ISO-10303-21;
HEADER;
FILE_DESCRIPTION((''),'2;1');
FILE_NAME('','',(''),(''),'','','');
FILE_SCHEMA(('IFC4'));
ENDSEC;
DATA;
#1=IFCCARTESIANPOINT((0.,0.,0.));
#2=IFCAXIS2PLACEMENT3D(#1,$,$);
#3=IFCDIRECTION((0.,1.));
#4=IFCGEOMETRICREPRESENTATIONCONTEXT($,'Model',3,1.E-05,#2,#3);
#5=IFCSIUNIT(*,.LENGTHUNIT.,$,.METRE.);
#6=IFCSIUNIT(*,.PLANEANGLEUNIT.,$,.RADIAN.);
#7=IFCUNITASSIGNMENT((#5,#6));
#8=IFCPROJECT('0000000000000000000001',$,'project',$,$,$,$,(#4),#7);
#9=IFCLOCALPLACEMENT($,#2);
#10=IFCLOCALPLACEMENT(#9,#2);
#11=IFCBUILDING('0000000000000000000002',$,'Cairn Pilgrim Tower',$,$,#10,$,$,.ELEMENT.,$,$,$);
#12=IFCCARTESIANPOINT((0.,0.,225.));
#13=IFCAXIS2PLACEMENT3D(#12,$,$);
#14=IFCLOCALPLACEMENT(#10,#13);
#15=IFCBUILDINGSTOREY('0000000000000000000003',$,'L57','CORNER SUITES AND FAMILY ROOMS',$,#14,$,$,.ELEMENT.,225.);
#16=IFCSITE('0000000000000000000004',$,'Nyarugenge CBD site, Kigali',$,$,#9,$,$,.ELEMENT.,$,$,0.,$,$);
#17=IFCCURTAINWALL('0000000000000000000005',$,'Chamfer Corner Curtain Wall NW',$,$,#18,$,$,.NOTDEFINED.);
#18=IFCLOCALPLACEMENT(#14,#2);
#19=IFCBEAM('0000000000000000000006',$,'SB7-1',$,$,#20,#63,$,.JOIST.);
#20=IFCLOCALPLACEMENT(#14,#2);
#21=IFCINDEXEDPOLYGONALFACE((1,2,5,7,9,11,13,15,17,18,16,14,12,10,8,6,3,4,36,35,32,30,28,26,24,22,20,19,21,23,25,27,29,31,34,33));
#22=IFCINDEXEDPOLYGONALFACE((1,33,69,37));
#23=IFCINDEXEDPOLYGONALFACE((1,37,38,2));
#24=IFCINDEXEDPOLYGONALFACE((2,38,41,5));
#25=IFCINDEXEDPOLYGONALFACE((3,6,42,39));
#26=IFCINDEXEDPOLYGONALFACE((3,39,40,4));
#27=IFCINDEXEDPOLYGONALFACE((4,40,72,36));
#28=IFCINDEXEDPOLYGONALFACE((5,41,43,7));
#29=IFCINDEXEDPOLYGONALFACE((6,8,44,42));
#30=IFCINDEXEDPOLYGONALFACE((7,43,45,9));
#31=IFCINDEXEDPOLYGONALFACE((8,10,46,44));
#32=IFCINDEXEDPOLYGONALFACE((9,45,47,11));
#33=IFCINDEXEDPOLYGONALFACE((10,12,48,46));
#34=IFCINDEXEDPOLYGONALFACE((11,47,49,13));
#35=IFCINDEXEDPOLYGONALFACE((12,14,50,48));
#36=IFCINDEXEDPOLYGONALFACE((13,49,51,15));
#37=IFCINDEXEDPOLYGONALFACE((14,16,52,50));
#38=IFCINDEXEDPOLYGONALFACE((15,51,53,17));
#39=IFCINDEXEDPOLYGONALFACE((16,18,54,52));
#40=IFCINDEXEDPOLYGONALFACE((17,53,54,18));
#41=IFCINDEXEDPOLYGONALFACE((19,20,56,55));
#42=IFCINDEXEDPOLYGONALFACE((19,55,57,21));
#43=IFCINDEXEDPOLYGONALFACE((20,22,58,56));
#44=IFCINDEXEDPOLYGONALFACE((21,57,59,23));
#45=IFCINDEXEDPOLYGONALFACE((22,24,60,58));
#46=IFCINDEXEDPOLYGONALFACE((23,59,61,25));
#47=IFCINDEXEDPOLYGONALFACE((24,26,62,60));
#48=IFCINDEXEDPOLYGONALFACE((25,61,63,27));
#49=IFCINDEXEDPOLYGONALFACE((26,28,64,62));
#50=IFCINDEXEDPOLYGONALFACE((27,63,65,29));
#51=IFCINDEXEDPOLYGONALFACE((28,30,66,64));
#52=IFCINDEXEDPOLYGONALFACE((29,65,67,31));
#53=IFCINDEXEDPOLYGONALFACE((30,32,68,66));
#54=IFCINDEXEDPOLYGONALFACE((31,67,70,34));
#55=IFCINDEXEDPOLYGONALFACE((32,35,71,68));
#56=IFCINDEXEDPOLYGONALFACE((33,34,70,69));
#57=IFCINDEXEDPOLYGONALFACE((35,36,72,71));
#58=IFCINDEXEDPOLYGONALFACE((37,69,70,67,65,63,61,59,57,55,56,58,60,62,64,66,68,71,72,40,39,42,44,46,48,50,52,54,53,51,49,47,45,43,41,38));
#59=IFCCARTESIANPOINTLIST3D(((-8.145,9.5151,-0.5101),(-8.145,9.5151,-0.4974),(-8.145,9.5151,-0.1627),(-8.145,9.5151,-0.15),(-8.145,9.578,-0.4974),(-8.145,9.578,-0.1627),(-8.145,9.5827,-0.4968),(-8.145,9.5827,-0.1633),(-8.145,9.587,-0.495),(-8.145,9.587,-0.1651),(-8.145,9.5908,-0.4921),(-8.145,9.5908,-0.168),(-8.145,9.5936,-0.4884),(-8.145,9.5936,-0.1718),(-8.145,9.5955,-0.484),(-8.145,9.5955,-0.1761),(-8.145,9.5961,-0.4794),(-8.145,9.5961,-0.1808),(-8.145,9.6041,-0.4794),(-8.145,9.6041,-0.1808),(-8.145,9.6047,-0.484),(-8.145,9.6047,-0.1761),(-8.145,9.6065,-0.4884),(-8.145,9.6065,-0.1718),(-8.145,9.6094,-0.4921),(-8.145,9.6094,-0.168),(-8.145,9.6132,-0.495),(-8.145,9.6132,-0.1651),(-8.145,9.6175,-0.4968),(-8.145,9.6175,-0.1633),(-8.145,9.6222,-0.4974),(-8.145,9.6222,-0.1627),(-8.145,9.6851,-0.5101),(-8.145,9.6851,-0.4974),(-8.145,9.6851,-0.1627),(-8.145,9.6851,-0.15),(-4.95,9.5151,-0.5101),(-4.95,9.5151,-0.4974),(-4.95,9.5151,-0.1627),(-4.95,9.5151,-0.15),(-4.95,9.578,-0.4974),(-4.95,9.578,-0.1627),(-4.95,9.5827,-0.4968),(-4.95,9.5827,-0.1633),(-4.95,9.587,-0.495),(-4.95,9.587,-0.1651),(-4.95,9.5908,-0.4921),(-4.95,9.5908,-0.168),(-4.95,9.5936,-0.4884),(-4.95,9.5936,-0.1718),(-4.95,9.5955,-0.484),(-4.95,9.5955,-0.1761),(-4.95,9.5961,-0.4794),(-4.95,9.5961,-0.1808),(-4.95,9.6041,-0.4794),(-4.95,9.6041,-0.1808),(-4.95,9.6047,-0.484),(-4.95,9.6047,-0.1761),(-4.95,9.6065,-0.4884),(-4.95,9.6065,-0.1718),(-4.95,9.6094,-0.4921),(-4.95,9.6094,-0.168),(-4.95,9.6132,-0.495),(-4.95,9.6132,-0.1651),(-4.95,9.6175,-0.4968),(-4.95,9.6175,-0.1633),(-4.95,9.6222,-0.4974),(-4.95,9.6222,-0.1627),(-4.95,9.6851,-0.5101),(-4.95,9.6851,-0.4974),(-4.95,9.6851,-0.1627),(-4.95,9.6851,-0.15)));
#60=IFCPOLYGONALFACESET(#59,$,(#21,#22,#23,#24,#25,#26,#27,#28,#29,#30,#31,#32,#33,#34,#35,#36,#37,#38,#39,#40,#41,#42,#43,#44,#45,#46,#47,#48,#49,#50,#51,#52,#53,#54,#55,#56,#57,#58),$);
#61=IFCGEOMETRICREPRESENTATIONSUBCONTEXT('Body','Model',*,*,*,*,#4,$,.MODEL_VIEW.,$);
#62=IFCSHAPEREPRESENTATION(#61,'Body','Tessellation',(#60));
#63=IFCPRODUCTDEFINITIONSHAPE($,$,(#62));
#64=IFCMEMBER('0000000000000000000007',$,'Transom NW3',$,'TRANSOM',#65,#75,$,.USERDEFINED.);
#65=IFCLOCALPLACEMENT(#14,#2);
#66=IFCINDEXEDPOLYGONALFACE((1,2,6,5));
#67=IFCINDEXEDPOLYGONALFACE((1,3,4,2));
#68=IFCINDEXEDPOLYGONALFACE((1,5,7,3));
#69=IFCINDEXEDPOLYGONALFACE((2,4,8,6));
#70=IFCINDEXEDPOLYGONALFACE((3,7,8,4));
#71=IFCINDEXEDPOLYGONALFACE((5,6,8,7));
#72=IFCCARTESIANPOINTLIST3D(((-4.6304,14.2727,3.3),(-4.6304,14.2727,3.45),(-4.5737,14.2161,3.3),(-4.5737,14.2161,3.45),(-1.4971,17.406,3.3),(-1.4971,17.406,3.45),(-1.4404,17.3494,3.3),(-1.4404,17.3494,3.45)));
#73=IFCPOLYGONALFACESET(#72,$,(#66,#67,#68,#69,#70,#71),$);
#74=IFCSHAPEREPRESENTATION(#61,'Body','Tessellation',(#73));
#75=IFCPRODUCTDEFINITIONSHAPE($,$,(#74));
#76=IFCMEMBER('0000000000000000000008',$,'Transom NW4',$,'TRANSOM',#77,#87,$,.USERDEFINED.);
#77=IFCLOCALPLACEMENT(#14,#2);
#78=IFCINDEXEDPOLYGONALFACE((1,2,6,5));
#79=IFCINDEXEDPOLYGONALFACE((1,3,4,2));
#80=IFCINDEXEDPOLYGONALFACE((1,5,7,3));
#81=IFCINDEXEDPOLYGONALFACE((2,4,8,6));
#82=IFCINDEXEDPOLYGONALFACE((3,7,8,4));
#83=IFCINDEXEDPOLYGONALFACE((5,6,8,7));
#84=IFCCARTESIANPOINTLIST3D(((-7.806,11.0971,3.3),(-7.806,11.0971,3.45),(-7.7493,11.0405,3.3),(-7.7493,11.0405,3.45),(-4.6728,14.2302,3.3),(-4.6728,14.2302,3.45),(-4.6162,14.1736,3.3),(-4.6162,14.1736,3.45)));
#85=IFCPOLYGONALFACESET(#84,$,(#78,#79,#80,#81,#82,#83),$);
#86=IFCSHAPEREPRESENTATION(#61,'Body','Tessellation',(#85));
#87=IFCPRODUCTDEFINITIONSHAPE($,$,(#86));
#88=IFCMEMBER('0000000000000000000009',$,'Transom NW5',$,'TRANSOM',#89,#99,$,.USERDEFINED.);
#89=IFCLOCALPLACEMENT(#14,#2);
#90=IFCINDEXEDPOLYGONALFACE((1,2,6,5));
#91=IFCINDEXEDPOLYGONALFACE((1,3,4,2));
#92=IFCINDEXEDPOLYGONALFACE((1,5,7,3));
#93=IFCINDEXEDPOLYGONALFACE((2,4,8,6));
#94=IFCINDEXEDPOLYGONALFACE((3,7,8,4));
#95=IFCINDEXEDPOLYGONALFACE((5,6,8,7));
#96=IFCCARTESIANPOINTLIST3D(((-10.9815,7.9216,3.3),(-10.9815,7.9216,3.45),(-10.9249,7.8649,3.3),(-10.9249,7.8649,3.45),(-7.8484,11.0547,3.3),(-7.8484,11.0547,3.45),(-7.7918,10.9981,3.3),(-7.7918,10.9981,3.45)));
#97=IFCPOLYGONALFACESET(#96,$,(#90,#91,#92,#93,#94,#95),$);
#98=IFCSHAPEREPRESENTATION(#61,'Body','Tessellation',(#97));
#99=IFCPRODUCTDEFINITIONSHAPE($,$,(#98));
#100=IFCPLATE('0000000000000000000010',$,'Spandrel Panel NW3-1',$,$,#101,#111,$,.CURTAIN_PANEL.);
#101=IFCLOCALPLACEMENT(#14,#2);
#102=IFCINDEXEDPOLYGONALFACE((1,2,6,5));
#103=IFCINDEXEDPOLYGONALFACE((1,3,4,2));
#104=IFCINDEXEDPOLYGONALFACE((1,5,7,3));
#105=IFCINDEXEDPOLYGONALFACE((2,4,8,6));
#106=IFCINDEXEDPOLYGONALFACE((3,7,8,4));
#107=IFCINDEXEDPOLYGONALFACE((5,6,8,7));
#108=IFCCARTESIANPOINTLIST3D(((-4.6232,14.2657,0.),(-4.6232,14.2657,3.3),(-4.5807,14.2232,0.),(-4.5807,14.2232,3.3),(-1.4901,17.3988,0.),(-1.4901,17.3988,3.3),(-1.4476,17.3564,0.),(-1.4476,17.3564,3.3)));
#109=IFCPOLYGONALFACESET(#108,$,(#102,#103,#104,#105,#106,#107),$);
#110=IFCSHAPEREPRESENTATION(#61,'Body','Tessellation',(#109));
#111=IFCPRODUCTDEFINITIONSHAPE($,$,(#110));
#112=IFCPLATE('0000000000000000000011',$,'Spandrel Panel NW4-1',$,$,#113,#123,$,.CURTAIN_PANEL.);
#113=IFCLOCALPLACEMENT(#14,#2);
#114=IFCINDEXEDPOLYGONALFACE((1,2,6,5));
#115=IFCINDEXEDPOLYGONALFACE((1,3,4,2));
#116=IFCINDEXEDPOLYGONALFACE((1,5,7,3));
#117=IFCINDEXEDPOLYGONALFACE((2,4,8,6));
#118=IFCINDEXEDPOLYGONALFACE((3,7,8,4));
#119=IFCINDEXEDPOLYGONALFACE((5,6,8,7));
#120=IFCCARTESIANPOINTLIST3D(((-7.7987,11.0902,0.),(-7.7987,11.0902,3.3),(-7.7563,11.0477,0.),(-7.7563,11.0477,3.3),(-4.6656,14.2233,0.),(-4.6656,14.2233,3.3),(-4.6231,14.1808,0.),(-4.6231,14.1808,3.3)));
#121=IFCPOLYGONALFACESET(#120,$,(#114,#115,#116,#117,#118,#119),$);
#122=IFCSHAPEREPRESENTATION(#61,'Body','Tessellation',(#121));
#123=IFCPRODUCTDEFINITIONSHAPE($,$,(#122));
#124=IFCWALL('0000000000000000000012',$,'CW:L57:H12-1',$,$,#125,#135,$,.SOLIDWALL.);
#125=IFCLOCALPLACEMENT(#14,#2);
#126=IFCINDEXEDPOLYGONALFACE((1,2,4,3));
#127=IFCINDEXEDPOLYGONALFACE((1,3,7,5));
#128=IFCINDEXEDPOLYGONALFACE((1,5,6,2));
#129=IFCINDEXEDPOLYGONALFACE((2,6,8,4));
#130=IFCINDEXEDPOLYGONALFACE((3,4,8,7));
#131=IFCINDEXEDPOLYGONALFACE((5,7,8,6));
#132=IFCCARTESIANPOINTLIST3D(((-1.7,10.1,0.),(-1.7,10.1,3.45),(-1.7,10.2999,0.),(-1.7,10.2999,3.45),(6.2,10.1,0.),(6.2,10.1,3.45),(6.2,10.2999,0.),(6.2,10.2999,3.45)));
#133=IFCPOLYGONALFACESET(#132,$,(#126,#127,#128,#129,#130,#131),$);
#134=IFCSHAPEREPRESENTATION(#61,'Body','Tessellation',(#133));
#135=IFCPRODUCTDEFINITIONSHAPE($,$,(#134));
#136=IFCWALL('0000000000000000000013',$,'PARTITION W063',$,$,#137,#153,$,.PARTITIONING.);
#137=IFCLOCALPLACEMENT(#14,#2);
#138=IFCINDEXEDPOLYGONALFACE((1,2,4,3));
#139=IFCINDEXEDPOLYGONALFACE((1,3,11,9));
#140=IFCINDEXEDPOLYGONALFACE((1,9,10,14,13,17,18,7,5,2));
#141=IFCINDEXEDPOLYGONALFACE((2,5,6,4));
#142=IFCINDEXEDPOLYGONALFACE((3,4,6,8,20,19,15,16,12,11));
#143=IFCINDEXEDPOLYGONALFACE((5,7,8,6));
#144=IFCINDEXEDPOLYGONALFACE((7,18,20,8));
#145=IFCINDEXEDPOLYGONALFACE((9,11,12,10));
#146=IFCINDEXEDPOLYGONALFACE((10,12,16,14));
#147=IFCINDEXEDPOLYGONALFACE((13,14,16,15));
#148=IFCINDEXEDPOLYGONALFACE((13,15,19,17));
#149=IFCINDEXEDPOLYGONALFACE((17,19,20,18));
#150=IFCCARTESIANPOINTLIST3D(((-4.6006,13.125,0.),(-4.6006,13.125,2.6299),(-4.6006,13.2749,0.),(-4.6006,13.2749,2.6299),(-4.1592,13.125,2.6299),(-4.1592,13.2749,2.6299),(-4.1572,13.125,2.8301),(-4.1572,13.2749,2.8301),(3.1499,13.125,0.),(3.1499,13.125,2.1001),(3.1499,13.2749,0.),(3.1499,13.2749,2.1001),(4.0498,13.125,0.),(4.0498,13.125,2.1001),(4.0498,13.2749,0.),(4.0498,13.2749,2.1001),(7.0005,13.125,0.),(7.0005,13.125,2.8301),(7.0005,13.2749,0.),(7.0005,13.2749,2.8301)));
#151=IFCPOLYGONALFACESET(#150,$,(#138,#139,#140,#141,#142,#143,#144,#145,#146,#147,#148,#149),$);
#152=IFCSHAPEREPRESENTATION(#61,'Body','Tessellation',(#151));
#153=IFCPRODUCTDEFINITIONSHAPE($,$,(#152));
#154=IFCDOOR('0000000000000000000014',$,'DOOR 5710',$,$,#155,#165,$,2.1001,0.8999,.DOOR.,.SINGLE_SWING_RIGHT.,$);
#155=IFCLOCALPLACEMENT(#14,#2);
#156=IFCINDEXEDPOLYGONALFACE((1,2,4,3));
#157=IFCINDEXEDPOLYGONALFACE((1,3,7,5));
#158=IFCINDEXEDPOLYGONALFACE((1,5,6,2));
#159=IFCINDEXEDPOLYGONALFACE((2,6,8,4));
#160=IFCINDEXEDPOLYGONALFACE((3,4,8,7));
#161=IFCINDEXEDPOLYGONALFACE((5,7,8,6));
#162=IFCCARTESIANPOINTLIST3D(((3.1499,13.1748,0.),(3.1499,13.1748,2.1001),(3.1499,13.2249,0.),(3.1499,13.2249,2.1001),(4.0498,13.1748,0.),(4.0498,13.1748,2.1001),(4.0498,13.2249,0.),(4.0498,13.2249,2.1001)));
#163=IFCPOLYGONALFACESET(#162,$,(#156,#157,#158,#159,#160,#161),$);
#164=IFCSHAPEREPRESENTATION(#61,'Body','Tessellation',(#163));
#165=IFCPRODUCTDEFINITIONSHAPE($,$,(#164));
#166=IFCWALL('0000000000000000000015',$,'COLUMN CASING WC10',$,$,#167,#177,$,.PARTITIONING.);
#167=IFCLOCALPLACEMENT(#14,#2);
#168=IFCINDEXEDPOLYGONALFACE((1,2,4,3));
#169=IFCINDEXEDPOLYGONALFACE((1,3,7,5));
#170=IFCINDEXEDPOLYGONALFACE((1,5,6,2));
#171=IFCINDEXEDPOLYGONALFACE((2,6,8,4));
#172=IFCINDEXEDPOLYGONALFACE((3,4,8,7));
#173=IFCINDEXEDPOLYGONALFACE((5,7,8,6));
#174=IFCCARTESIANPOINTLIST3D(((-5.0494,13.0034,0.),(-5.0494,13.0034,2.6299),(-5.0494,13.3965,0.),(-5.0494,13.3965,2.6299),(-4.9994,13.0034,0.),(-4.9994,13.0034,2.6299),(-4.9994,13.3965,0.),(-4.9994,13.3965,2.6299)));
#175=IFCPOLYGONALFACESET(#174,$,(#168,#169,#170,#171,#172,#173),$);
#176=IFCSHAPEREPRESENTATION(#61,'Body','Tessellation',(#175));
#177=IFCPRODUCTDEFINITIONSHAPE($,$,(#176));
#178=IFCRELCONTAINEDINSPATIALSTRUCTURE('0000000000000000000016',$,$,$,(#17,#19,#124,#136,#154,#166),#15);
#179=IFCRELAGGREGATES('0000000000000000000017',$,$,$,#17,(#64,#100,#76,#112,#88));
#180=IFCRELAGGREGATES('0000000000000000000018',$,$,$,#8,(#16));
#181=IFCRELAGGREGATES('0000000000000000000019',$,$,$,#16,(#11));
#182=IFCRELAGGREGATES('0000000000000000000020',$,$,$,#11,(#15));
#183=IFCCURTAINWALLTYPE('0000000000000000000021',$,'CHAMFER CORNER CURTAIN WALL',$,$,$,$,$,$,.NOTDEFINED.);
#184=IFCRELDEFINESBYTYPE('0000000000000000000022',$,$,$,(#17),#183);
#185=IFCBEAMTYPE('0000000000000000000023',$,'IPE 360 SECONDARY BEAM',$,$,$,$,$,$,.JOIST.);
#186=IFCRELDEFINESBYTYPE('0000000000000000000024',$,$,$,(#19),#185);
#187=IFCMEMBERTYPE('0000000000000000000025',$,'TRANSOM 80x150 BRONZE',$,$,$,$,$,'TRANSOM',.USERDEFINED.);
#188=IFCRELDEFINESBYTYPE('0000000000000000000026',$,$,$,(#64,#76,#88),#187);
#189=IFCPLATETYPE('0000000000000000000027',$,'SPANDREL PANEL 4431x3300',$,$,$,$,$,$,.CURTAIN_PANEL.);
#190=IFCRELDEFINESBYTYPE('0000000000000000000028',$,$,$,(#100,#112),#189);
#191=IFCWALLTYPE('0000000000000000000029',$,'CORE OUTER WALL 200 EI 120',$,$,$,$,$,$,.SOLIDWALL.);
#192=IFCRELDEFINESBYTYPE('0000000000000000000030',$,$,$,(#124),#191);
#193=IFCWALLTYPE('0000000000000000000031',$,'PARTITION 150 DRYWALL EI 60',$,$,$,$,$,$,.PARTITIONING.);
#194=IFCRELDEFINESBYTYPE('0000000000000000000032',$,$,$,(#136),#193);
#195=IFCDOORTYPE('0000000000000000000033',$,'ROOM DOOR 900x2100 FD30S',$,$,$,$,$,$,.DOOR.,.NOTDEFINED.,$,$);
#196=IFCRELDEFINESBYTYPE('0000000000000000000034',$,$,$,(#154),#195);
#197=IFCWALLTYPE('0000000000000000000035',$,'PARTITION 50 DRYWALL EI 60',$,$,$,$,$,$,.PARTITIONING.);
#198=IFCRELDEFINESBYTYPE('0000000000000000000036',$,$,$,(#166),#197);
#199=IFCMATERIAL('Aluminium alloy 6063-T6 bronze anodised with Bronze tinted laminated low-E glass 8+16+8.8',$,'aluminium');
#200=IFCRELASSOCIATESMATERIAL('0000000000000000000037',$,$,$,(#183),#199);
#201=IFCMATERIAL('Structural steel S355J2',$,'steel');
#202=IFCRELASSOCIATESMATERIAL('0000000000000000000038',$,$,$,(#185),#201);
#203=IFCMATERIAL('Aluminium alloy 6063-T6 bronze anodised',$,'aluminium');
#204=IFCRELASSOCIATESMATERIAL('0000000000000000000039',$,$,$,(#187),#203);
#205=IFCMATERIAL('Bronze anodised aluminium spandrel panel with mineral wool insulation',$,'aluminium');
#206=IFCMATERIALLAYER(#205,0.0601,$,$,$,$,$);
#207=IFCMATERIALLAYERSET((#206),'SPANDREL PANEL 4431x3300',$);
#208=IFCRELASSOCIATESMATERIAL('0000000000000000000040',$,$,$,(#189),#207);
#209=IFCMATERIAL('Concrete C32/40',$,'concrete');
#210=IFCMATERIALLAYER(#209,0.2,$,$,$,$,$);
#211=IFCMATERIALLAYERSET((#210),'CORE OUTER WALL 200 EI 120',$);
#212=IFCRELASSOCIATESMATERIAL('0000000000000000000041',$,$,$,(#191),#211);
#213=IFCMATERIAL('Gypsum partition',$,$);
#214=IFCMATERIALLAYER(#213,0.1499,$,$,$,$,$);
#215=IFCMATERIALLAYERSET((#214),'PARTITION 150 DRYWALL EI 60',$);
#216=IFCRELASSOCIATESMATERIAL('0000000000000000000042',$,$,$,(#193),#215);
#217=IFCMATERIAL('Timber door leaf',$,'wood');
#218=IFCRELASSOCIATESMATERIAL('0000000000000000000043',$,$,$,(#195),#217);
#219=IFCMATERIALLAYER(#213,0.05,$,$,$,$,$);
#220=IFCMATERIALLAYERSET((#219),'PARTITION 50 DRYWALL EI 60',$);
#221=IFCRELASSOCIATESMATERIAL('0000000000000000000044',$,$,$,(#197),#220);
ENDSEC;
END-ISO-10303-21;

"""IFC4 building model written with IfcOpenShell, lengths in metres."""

from ifc_helpers import new_model, si_unit, direction, frame, frame_2d, origin, origin_2d, place, context, subcontext, project, spatial, polyline, rectangle, i_section, outline, extrude, material, layer, layer_set, material_profile, profile_set, type_object, element, fill, aggregate, save


model = new_model("IFC4")

# Units and contexts
model_context = context("Model", 3, precision=1e-05, world=origin(), true_north=direction((0.0, 1.0)))
body_context = subcontext(model_context, "Body", "Model", "MODEL_VIEW")
ifc_project = project(units=[si_unit("LENGTHUNIT", "METRE"), si_unit("PLANEANGLEUNIT", "RADIAN")], contexts=[model_context])

# Site, building, storey
site_placement = place(None, origin())
site = spatial("IfcSite", under=ifc_project, at=site_placement, Name="Nyarugenge CBD site, Kigali", CompositionType="ELEMENT", RefElevation=0.0)
building_placement = place(site_placement, origin())
building = spatial("IfcBuilding", under=site, at=building_placement, Name="Cairn Pilgrim Tower", CompositionType="ELEMENT")
storey_placement = place(building_placement, frame((0.0, 0.0, 225.0)))
storey = spatial("IfcBuildingStorey", under=building, at=storey_placement, Name="L57", Description="CORNER SUITES AND FAMILY ROOMS", CompositionType="ELEMENT", Elevation=225.0)

# Shared definitions
ifc_material_1 = material(Name="Structural steel S355J2", Category="steel")

# Curtain wall
ifc_material_2 = material(Name="Aluminium alloy 6063-T6 bronze anodised with Bronze tinted laminated low-E glass 8+16+8.8", Category="aluminium")
curtain_wall_type = type_object("IfcCurtainWallType", Name="CHAMFER CORNER CURTAIN WALL", PredefinedType="NOTDEFINED", material=ifc_material_2)
curtain_wall_placement = place(storey_placement, origin())
curtain_wall = element("IfcCurtainWall", 1, at=curtain_wall_placement, inside=storey, type_object=curtain_wall_type, Name="Chamfer Corner Curtain Wall NW", PredefinedType="NOTDEFINED")
ifc_material_3 = material(Name="Aluminium alloy 6063-T6 bronze anodised", Category="aluminium")

# Beam
ifc_material_profile_1 = material_profile(ifc_material_1, i_section(OverallWidth=0.1699, OverallDepth=0.3601, WebThickness=0.0081, FlangeThickness=0.0127, FilletRadius=0.0181, at=origin_2d()), Name="IPE 360")
ifc_profile_set_1 = profile_set([ifc_material_profile_1], Name="Structural steel S355J2")
beam_type_1 = type_object("IfcBeamType", Name="IPE 360 SECONDARY BEAM", PredefinedType="JOIST", material=ifc_profile_set_1)
beam_1_placement = place(storey_placement, frame((-8.145, 9.6001, -0.3301), z_axis=(1.0, 0.0, 0.0), x_axis=(0.0, 1.0, 0.0)))
element("IfcBeam", 2, at=beam_1_placement, inside=storey, type_object=beam_type_1, Name="SB7-1", PredefinedType="JOIST", context=body_context, shape_type="SweptSolid", body=[
    extrude(i_section(OverallWidth=0.1699, OverallDepth=0.3601, WebThickness=0.0081, FlangeThickness=0.0127, FilletRadius=0.0181, at=origin_2d()), origin(), (0.0, 0.0, 1.0), 3.1951),
])

# Members
ifc_material_profile_2 = material_profile(ifc_material_3, rectangle(XDim=0.0801, YDim=0.1499, at=origin_2d()), Name="TRANSOM 80x150 BRONZE")
ifc_profile_set_2 = profile_set([ifc_material_profile_2], Name="Aluminium alloy 6063-T6 bronze anodised")
member_type_1 = type_object("IfcMemberType", Name="TRANSOM 80x150 BRONZE", ElementType="TRANSOM", PredefinedType="USERDEFINED", material=ifc_profile_set_2)
member_1_placement = place(storey_placement, frame((-1.4688, 17.3777, 3.375), z_axis=(-0.707107, -0.707107, 0.0), x_axis=(0.707107, -0.707107, 0.0)))
member_1 = element("IfcMember", 3, at=member_1_placement, type_object=member_type_1, Name="Transom NW3", ObjectType="TRANSOM", PredefinedType="USERDEFINED", context=body_context, shape_type="SweptSolid", body=[
    extrude(rectangle(XDim=0.0801, YDim=0.1499, at=origin_2d()), origin(), (0.0, 0.0, 1.0), 4.4312),
])
member_2_placement = place(storey_placement, frame((-4.6445, 14.2019, 3.375), z_axis=(-0.707107, -0.707107, 0.0), x_axis=(0.707107, -0.707107, 0.0)))
member_2 = element("IfcMember", 4, at=member_2_placement, type_object=member_type_1, Name="Transom NW4", ObjectType="TRANSOM", PredefinedType="USERDEFINED", context=body_context, shape_type="SweptSolid", body=[
    extrude(rectangle(XDim=0.0801, YDim=0.1499, at=origin_2d()), origin(), (0.0, 0.0, 1.0), 4.4309),
])
member_3_placement = place(storey_placement, frame((-7.8201, 11.0264, 3.375), z_axis=(-0.707107, -0.707107, 0.0), x_axis=(0.707107, -0.707107, 0.0)))
member_3 = element("IfcMember", 5, at=member_3_placement, type_object=member_type_1, Name="Transom NW5", ObjectType="TRANSOM", PredefinedType="USERDEFINED", context=body_context, shape_type="SweptSolid", body=[
    extrude(rectangle(XDim=0.0801, YDim=0.1499, at=origin_2d()), origin(), (0.0, 0.0, 1.0), 4.4309),
])

# Plates
ifc_material_4 = material(Name="Bronze anodised aluminium spandrel panel with mineral wool insulation", Category="aluminium")
ifc_layer_1 = layer(ifc_material_4, 0.0601)
ifc_layer_set_1 = layer_set([ifc_layer_1], Name="SPANDREL PANEL 4431x3300")
plate_type = type_object("IfcPlateType", Name="SPANDREL PANEL 4431x3300", PredefinedType="CURTAIN_PANEL", material=ifc_layer_set_1)
plate_1_placement = place(storey_placement, frame((-3.0354, 15.811, 0.0), z_axis=(0.0, 0.0, 1.0), x_axis=(-0.707107, -0.707107, 0.0)))
plate_1 = element("IfcPlate", 6, at=plate_1_placement, type_object=plate_type, Name="Spandrel Panel NW3-1", PredefinedType="CURTAIN_PANEL", context=body_context, shape_type="SweptSolid", body=[
    extrude(rectangle(XDim=4.4309, YDim=0.0601, at=origin_2d()), origin(), (0.0, 0.0, 1.0), 3.3),
])
plate_2_placement = place(storey_placement, frame((-6.2109, 12.6355, 0.0), z_axis=(0.0, 0.0, 1.0), x_axis=(-0.707107, -0.707107, 0.0)))
plate_2 = element("IfcPlate", 7, at=plate_2_placement, type_object=plate_type, Name="Spandrel Panel NW4-1", PredefinedType="CURTAIN_PANEL", context=body_context, shape_type="SweptSolid", body=[
    extrude(rectangle(XDim=4.4309, YDim=0.0601, at=origin_2d()), origin(), (0.0, 0.0, 1.0), 3.3),
])
aggregate(curtain_wall, [member_1, plate_1, member_2, plate_2, member_3])

# Wall
ifc_material_5 = material(Name="Concrete C32/40", Category="concrete")
ifc_layer_2 = layer(ifc_material_5, 0.2)
ifc_layer_set_2 = layer_set([ifc_layer_2], Name="CORE OUTER WALL 200 EI 120")
wall_type_1 = type_object("IfcWallType", Name="CORE OUTER WALL 200 EI 120", PredefinedType="SOLIDWALL", material=ifc_layer_set_2)
wall_1_placement = place(storey_placement, frame((-1.7, 10.2, 0.0), z_axis=(0.0, 0.0, 1.0), x_axis=(1.0, 0.0, 0.0)))
element("IfcWall", 8, at=wall_1_placement, inside=storey, type_object=wall_type_1, Name="CW:L57:H12-1", PredefinedType="SOLIDWALL", context=body_context, shape_type="SweptSolid", body=[
    extrude(rectangle(XDim=7.8999, YDim=0.2, at=frame_2d((3.95, 0.0))), origin(), (0.0, 0.0, 1.0), 3.45),
])

# Wall, opening, door
ifc_material_6 = material(Name="Gypsum partition")
ifc_layer_3 = layer(ifc_material_6, 0.1499)
ifc_layer_set_3 = layer_set([ifc_layer_3], Name="PARTITION 150 DRYWALL EI 60")
wall_type_2 = type_object("IfcWallType", Name="PARTITION 150 DRYWALL EI 60", PredefinedType="PARTITIONING", material=ifc_layer_set_3)
wall_2_placement = place(storey_placement, frame((-4.6006, 13.2, 0.0), z_axis=(0.0, 0.0, 1.0), x_axis=(1.0, 0.0, 0.0)))
wall_2 = element("IfcWall", 9, at=wall_2_placement, inside=storey, type_object=wall_type_2, Name="PARTITION W063", PredefinedType="PARTITIONING", context=body_context, shape_type="SweptSolid", body=[
    extrude(outline(polyline([(0.0, 0.0), (11.6011, 0.0), (11.6011, 2.8301), (0.4434, 2.8301), (0.4414, 2.6299), (0.0, 2.6299), (0.0, 0.0)])), frame((0.0, 0.075, 0.0), z_axis=(0.0, -1.0, 0.0), x_axis=(1.0, 0.0, 0.0)), (0.0, 0.0, 1.0), 0.1499),
])
opening_placement = place(wall_2_placement, frame((7.7505, 0.0, 0.0)))
opening = element("IfcOpeningElement", 10, at=opening_placement, cuts=wall_2, PredefinedType="OPENING", context=body_context, shape_type="SweptSolid", body=[
    extrude(rectangle(XDim=0.8999, YDim=2.1001, at=frame_2d((0.45, 1.05))), frame((0.0, 0.085, 0.0), z_axis=(0.0, -1.0, 0.0), x_axis=(1.0, 0.0, 0.0)), (0.0, 0.0, 1.0), 0.1699),
])
ifc_material_7 = material(Name="Timber door leaf", Category="wood")
door_type = type_object("IfcDoorType", Name="ROOM DOOR 900x2100 FD30S", OperationType="NOTDEFINED", PredefinedType="DOOR", material=ifc_material_7)
door_placement = place(opening_placement, origin())
door = element("IfcDoor", 11, at=door_placement, inside=storey, type_object=door_type, Name="DOOR 5710", OperationType="SINGLE_SWING_RIGHT", OverallHeight=2.1001, OverallWidth=0.8999, PredefinedType="DOOR", context=body_context, shape_type="SweptSolid", body=[
    extrude(rectangle(XDim=0.8999, YDim=2.1001, at=frame_2d((0.45, 1.05))), frame((0.0, 0.0249, 0.0), z_axis=(0.0, -1.0, 0.0), x_axis=(1.0, 0.0, 0.0)), (0.0, 0.0, 1.0), 0.05),
])
fill(opening, door)

# Wall
ifc_layer_4 = layer(ifc_material_6, 0.05)
ifc_layer_set_4 = layer_set([ifc_layer_4], Name="PARTITION 50 DRYWALL EI 60")
wall_type_3 = type_object("IfcWallType", Name="PARTITION 50 DRYWALL EI 60", PredefinedType="PARTITIONING", material=ifc_layer_set_4)
wall_3_placement = place(storey_placement, frame((-5.0244, 13.0034, 0.0), z_axis=(0.0, 0.0, 1.0), x_axis=(0.0, 1.0, 0.0)))
element("IfcWall", 12, at=wall_3_placement, inside=storey, type_object=wall_type_3, Name="COLUMN CASING WC10", PredefinedType="PARTITIONING", context=body_context, shape_type="SweptSolid", body=[
    extrude(rectangle(XDim=0.3931, YDim=0.05, at=frame_2d((0.1965, 0.0))), origin(), (0.0, 0.0, 1.0), 2.6299),
])

save(model, "model.ifc")
